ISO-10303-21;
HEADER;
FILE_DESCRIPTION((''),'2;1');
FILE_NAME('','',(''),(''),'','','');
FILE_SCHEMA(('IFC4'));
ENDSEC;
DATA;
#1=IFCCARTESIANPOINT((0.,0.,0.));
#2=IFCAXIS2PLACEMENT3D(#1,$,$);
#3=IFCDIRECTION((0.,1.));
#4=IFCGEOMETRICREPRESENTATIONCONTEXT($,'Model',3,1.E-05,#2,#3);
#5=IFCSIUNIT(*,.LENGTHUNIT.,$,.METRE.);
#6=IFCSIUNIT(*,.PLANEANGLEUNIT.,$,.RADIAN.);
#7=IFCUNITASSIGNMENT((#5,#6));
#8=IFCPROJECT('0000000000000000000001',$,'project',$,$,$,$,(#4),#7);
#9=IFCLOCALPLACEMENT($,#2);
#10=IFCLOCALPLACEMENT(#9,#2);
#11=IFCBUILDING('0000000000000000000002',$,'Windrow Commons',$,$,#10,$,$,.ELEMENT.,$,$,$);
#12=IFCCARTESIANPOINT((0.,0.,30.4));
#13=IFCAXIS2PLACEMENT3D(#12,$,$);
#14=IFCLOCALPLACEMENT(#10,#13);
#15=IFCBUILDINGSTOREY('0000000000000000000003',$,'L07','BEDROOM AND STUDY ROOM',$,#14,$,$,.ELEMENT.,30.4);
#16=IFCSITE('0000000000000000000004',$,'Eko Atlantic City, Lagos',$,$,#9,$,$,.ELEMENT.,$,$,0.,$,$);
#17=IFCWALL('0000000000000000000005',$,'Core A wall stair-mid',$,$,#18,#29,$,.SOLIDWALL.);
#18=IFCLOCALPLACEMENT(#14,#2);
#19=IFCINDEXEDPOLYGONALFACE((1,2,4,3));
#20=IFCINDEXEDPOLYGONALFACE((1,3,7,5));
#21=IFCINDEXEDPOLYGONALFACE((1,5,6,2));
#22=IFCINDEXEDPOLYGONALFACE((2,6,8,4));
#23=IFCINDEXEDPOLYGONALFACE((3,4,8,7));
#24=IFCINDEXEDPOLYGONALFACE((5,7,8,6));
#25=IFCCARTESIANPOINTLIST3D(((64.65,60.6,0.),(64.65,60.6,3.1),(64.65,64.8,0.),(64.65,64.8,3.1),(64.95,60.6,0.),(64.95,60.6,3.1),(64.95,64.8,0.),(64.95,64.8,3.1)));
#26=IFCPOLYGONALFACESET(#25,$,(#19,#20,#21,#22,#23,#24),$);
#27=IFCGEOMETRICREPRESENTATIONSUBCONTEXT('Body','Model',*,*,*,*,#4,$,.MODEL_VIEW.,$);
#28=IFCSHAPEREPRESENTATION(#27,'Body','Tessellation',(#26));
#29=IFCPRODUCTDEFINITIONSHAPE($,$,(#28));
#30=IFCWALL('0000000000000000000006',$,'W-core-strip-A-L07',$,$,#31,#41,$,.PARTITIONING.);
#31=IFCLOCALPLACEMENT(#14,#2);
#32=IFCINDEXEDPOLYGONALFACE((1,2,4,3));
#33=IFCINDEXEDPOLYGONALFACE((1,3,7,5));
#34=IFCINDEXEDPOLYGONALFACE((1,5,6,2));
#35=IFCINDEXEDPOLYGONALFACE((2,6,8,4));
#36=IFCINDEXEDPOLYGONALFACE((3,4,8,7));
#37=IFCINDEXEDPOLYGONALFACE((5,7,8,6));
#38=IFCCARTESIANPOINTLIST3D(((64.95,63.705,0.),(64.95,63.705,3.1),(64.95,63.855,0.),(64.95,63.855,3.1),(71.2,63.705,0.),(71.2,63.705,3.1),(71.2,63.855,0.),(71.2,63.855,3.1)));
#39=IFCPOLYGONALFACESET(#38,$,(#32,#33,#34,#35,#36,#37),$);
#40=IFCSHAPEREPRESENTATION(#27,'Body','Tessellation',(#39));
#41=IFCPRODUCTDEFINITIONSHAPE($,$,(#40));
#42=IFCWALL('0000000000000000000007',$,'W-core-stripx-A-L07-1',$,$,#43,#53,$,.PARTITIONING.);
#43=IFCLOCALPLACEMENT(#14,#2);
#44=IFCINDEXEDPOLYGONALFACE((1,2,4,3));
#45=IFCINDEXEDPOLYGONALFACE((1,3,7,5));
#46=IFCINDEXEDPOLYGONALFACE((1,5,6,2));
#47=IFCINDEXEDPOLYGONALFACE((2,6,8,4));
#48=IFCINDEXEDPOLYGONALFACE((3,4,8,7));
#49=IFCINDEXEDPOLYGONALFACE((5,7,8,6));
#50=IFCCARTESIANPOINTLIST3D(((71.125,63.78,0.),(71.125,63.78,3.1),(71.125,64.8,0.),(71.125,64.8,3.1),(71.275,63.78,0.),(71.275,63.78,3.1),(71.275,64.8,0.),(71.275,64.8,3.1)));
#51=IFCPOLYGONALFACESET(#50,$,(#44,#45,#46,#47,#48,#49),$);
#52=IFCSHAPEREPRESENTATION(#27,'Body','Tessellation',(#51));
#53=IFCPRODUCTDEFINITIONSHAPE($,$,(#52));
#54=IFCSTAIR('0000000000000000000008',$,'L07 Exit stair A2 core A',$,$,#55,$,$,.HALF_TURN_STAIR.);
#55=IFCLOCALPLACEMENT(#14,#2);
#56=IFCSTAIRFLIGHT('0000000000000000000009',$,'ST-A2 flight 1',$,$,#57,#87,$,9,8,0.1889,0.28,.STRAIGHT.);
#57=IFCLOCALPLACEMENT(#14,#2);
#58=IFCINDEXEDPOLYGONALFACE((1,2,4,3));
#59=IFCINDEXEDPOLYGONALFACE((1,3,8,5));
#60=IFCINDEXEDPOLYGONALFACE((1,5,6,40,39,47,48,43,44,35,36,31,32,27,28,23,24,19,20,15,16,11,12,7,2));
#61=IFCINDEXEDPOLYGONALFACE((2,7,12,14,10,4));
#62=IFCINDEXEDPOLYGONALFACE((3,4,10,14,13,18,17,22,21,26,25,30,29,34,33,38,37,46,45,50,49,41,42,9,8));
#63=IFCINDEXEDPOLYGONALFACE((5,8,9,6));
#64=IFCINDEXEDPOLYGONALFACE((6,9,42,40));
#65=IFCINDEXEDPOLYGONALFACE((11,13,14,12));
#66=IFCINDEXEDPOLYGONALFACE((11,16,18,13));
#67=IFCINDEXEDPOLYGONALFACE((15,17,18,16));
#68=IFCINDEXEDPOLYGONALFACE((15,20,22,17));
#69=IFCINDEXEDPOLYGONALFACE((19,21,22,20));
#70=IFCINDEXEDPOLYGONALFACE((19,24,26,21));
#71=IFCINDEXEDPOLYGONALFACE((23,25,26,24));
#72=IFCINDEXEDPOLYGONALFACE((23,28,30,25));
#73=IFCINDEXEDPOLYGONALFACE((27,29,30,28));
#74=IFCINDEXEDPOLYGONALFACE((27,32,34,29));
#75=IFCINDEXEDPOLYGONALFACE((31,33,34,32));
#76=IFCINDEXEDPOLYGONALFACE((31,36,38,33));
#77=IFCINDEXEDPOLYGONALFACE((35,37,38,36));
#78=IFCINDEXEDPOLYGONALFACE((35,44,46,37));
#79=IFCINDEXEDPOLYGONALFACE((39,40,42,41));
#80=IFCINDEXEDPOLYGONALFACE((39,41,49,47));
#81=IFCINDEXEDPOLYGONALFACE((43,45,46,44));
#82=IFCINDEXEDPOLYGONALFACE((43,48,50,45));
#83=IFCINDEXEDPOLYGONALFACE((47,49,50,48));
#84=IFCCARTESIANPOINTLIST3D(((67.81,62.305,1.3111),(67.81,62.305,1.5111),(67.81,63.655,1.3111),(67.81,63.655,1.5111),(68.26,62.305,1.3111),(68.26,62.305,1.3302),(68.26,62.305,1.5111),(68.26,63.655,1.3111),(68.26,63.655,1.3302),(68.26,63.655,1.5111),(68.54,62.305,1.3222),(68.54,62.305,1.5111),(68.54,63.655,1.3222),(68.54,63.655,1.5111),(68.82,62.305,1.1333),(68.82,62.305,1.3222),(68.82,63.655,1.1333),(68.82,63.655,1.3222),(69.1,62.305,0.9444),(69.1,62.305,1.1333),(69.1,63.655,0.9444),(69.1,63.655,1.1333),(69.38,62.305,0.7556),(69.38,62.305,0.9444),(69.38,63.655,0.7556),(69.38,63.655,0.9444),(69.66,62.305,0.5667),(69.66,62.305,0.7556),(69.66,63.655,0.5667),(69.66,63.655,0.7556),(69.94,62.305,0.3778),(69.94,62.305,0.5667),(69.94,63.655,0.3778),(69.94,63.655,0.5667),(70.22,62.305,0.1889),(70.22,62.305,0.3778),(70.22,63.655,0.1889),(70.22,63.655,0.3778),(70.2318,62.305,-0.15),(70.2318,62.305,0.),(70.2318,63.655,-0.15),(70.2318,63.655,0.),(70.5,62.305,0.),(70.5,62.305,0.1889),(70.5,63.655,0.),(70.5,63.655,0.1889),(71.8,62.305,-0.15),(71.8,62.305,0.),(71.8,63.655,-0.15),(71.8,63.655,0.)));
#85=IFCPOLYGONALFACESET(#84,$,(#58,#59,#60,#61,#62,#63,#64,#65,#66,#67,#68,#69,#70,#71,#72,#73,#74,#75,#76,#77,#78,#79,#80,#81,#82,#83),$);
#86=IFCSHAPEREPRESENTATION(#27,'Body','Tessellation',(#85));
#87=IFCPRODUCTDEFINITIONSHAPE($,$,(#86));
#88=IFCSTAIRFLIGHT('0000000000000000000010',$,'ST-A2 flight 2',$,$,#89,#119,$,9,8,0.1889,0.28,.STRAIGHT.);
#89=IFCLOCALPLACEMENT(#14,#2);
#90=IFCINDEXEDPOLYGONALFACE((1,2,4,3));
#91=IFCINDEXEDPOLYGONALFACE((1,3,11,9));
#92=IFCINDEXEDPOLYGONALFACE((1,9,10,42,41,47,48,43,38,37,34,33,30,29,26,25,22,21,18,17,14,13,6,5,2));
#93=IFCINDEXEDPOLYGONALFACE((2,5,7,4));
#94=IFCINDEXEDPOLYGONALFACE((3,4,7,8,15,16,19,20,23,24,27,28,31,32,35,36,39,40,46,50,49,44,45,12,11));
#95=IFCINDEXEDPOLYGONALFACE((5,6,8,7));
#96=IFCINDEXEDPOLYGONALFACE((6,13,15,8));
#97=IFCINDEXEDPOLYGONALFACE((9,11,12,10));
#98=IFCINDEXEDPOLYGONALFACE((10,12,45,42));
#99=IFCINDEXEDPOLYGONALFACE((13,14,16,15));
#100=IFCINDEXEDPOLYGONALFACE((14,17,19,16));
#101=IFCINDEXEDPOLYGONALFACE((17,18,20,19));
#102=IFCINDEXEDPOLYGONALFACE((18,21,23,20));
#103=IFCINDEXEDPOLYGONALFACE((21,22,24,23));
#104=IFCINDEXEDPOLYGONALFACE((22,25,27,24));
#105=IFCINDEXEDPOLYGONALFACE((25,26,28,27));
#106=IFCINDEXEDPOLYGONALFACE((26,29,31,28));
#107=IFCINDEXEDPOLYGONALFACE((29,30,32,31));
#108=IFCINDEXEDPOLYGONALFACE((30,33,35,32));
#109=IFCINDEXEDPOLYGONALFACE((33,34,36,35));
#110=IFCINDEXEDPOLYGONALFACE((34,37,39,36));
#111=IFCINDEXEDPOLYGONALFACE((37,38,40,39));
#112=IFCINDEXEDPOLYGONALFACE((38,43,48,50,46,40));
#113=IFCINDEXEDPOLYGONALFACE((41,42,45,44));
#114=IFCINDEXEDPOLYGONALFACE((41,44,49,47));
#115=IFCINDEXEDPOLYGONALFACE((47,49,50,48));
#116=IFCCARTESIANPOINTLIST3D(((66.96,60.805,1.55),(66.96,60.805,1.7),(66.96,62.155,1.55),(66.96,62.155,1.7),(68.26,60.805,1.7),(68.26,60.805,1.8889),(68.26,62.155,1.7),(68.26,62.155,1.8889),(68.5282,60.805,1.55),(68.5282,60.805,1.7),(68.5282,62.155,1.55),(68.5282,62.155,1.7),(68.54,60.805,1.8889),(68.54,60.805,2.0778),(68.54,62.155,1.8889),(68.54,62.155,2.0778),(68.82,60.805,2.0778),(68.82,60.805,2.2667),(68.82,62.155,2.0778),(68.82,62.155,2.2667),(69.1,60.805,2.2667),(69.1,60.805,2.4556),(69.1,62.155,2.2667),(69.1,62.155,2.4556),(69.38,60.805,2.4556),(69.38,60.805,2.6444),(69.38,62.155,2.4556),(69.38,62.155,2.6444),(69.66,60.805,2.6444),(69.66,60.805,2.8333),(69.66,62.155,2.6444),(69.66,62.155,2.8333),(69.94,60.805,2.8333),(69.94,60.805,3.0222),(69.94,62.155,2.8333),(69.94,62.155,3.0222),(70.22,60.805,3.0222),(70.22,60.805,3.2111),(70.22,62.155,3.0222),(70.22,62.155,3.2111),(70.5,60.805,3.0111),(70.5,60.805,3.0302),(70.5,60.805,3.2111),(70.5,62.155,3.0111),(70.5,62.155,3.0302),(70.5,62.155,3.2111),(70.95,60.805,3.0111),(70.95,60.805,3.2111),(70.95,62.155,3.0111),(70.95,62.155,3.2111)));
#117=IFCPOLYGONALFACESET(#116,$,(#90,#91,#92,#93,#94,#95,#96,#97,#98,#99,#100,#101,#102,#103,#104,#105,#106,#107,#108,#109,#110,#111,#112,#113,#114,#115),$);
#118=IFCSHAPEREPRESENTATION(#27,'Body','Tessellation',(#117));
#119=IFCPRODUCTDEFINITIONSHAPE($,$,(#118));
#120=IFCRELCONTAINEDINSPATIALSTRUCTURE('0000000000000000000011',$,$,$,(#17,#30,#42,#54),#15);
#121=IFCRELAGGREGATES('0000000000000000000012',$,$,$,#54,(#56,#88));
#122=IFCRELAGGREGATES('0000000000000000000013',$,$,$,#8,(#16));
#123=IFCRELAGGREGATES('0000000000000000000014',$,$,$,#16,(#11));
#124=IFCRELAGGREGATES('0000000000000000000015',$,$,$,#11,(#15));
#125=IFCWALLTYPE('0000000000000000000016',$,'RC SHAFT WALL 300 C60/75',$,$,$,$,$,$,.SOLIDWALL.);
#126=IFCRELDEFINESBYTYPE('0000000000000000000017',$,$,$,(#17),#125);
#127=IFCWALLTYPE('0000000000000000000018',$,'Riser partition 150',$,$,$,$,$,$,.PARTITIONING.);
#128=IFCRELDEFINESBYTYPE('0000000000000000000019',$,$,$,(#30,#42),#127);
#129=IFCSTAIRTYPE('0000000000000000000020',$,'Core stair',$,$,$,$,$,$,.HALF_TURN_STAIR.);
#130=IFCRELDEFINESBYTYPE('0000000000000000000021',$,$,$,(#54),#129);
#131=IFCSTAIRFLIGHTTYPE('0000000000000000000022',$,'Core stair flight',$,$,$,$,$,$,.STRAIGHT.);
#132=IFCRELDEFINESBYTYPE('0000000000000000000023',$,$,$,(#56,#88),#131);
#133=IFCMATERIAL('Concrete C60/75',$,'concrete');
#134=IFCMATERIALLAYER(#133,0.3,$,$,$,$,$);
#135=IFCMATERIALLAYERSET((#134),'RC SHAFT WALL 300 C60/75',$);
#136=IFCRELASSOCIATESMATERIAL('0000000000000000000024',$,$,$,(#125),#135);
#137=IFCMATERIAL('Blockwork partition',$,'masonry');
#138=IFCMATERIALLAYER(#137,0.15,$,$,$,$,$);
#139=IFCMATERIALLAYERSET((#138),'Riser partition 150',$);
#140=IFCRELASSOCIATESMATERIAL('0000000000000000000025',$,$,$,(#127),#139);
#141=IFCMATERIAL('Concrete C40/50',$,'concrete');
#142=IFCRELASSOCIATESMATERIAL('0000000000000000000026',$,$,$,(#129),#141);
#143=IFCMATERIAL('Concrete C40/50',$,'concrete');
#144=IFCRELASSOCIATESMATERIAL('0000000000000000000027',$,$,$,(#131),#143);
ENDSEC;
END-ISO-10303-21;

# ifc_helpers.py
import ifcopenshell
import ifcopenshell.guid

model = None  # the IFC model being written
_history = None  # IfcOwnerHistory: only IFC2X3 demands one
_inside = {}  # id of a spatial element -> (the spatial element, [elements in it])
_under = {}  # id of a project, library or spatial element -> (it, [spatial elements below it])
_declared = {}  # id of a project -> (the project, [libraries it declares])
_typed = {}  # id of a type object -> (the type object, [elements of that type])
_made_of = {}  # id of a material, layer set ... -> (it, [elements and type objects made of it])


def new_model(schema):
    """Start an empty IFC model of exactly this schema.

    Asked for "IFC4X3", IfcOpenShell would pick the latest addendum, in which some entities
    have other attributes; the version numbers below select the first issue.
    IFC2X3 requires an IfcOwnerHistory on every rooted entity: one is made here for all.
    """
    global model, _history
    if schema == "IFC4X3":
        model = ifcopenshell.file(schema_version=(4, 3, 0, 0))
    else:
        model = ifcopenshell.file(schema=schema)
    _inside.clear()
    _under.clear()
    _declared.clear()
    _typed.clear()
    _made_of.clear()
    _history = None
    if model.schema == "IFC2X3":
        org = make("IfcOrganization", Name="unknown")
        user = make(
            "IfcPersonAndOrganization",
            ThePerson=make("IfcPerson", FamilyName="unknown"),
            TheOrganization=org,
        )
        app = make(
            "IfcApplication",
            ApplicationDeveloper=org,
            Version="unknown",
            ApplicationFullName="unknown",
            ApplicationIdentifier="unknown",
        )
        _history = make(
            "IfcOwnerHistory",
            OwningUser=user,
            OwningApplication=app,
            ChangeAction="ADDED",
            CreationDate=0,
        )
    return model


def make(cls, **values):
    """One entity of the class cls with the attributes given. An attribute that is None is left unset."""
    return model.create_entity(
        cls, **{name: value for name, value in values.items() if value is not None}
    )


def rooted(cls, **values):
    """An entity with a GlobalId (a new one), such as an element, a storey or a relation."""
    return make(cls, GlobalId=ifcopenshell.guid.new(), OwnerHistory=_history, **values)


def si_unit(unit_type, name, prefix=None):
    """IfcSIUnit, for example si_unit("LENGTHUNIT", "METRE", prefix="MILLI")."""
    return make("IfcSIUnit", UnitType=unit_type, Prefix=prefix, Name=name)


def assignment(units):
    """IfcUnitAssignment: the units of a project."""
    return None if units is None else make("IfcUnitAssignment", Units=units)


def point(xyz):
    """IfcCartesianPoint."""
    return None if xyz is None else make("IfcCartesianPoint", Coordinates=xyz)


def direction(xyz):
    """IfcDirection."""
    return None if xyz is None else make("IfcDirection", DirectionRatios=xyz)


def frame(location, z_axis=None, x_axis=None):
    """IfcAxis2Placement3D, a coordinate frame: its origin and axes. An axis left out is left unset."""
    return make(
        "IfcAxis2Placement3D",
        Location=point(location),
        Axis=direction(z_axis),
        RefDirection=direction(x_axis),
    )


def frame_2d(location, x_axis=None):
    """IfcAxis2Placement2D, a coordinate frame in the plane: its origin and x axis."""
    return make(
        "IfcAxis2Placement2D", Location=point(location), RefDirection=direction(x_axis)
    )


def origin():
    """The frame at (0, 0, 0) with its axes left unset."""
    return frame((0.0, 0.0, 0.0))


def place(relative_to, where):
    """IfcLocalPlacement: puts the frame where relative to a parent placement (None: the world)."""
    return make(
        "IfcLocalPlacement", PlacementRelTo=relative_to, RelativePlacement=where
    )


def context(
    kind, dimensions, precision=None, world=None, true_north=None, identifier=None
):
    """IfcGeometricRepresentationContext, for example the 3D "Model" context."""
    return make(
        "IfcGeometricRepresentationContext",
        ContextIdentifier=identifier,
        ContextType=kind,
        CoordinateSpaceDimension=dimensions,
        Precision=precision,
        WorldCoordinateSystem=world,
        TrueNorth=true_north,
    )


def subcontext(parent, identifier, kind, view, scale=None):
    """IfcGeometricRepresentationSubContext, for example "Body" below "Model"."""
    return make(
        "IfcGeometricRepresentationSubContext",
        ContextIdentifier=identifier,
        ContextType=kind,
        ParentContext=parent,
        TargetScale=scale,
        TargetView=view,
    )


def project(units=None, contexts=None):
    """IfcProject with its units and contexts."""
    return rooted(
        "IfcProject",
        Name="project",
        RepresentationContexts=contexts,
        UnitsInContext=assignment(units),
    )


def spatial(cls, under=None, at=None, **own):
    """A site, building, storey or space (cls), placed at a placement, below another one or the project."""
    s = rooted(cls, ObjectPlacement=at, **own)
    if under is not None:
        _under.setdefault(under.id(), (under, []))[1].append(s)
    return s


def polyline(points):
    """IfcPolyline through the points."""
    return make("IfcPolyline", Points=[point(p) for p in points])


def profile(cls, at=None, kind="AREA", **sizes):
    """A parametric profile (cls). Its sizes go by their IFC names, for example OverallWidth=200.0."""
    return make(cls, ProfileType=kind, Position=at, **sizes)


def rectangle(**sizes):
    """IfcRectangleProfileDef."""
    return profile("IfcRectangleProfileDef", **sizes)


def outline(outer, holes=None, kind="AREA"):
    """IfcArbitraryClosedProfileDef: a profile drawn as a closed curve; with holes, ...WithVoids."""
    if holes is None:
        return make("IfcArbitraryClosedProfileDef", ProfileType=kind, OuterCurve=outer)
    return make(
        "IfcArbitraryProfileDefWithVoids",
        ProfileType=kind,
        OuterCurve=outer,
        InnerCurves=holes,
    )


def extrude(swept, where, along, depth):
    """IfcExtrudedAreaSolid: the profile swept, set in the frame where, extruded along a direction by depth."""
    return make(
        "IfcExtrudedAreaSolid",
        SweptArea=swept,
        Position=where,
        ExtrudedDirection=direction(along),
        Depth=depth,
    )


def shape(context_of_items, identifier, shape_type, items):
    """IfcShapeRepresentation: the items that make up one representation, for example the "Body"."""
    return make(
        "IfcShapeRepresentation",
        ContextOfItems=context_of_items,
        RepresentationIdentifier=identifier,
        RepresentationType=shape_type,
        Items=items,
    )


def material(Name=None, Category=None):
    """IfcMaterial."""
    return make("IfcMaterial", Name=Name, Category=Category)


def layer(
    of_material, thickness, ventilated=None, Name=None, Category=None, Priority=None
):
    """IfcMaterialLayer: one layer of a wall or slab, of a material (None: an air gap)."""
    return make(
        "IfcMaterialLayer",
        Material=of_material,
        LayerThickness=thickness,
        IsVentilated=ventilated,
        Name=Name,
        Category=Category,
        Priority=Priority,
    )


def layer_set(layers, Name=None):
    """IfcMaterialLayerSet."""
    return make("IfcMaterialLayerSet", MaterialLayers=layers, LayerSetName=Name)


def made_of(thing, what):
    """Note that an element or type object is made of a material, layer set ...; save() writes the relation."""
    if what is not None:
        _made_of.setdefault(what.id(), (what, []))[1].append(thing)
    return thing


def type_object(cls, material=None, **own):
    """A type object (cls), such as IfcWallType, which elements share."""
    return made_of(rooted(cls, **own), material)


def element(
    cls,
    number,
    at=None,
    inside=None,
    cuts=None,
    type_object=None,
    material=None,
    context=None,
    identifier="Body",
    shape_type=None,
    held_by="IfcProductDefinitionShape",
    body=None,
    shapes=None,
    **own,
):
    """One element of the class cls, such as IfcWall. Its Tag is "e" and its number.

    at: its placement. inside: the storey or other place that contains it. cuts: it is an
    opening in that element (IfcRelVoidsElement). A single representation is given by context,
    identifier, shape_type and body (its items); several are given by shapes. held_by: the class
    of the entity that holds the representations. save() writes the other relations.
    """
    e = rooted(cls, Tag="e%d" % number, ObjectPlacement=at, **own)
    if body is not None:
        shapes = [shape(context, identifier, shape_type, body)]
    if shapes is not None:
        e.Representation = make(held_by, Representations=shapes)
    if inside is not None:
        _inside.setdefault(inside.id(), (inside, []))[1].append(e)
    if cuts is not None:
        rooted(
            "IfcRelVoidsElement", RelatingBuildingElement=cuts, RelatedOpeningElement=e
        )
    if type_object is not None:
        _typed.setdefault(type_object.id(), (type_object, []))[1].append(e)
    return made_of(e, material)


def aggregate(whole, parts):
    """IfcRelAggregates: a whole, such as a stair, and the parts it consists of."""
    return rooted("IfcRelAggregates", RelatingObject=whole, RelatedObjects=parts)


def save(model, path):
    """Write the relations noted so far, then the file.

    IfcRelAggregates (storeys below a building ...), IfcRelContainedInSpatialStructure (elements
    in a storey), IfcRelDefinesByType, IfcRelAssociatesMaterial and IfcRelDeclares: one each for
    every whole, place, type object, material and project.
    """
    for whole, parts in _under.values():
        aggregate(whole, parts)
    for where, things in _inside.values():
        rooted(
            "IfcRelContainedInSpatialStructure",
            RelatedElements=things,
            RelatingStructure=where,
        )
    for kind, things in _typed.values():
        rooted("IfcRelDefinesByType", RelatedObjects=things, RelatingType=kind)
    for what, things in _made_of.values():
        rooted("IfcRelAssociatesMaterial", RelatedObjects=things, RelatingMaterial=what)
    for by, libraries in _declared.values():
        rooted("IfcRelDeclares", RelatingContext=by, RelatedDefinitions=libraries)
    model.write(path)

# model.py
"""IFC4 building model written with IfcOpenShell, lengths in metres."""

from ifc_helpers import new_model, si_unit, direction, frame, frame_2d, origin, place, context, subcontext, project, spatial, polyline, rectangle, outline, extrude, material, layer, layer_set, type_object, element, aggregate, save


model = new_model("IFC4")

# Units and contexts
model_context = context("Model", 3, precision=1e-05, world=origin(), true_north=direction((0.0, 1.0)))
body_context = subcontext(model_context, "Body", "Model", "MODEL_VIEW")
ifc_project = project(units=[si_unit("LENGTHUNIT", "METRE"), si_unit("PLANEANGLEUNIT", "RADIAN")], contexts=[model_context])

# Site, building, storey
site_placement = place(None, origin())
site = spatial("IfcSite", under=ifc_project, at=site_placement, Name="Eko Atlantic City, Lagos", CompositionType="ELEMENT", RefElevation=0.0)
building_placement = place(site_placement, origin())
building = spatial("IfcBuilding", under=site, at=building_placement, Name="Windrow Commons", CompositionType="ELEMENT")
storey_placement = place(building_placement, frame((0.0, 0.0, 30.4)))
storey = spatial("IfcBuildingStorey", under=building, at=storey_placement, Name="L07", Description="BEDROOM AND STUDY ROOM", CompositionType="ELEMENT", Elevation=30.4)

# Walls
ifc_material_1 = material(Name="Concrete C60/75", Category="concrete")
ifc_layer_1 = layer(ifc_material_1, 0.3)
ifc_layer_set_1 = layer_set([ifc_layer_1], Name="RC SHAFT WALL 300 C60/75")
wall_type_1 = type_object("IfcWallType", Name="RC SHAFT WALL 300 C60/75", PredefinedType="SOLIDWALL", material=ifc_layer_set_1)
wall_1_placement = place(storey_placement, frame((64.8, 60.6, 0.0), z_axis=(0.0, 0.0, 1.0), x_axis=(0.0, 1.0, 0.0)))
element("IfcWall", 1, at=wall_1_placement, inside=storey, type_object=wall_type_1, Name="Core A wall stair-mid", PredefinedType="SOLIDWALL", context=body_context, shape_type="SweptSolid", body=[
    extrude(rectangle(XDim=4.2, YDim=0.3, at=frame_2d((2.1, 0.0))), origin(), (0.0, 0.0, 1.0), 3.1),
])
ifc_material_2 = material(Name="Blockwork partition", Category="masonry")
ifc_layer_2 = layer(ifc_material_2, 0.15)
ifc_layer_set_2 = layer_set([ifc_layer_2], Name="Riser partition 150")
wall_type_2 = type_object("IfcWallType", Name="Riser partition 150", PredefinedType="PARTITIONING", material=ifc_layer_set_2)
wall_2_placement = place(storey_placement, frame((64.95, 63.78, 0.0), z_axis=(0.0, 0.0, 1.0), x_axis=(1.0, 0.0, 0.0)))
element("IfcWall", 2, at=wall_2_placement, inside=storey, type_object=wall_type_2, Name="W-core-strip-A-L07", PredefinedType="PARTITIONING", context=body_context, shape_type="SweptSolid", body=[
    extrude(rectangle(XDim=6.25, YDim=0.15, at=frame_2d((3.125, 0.0))), origin(), (0.0, 0.0, 1.0), 3.1),
])
wall_3_placement = place(storey_placement, frame((71.2, 63.78, 0.0), z_axis=(0.0, 0.0, 1.0), x_axis=(0.0, 1.0, 0.0)))
element("IfcWall", 3, at=wall_3_placement, inside=storey, type_object=wall_type_2, Name="W-core-stripx-A-L07-1", PredefinedType="PARTITIONING", context=body_context, shape_type="SweptSolid", body=[
    extrude(rectangle(XDim=1.02, YDim=0.15, at=frame_2d((0.51, 0.0))), origin(), (0.0, 0.0, 1.0), 3.1),
])

# Stair, stair flights
ifc_material_3 = material(Name="Concrete C40/50", Category="concrete")
stair_type = type_object("IfcStairType", Name="Core stair", PredefinedType="HALF_TURN_STAIR", material=ifc_material_3)
stair_placement = place(storey_placement, origin())
stair = element("IfcStair", 4, at=stair_placement, inside=storey, type_object=stair_type, Name="L07 Exit stair A2 core A", PredefinedType="HALF_TURN_STAIR")
ifc_material_4 = material(Name="Concrete C40/50", Category="concrete")
stair_flight_type = type_object("IfcStairFlightType", Name="Core stair flight", PredefinedType="STRAIGHT", material=ifc_material_4)
stair_flight_1_placement = place(storey_placement, frame((70.5, 62.98, 0.0), z_axis=(0.0, 0.0, 1.0), x_axis=(-1.0, 0.0, 0.0)))
stair_flight_1 = element("IfcStairFlight", 5, at=stair_flight_1_placement, type_object=stair_flight_type, Name="ST-A2 flight 1", NumberOfRisers=9, NumberOfTreads=8, PredefinedType="STRAIGHT", RiserHeight=0.1889, TreadLength=0.28, context=body_context, shape_type="SweptSolid", body=[
    extrude(outline(polyline([(-1.3, -0.15), (-1.3, 0.0), (0.0, 0.0), (0.0, 0.1889), (0.28, 0.1889), (0.28, 0.3778), (0.56, 0.3778), (0.56, 0.5667), (0.84, 0.5667), (0.84, 0.7556), (1.12, 0.7556), (1.12, 0.9444), (1.4, 0.9444), (1.4, 1.1333), (1.68, 1.1333), (1.68, 1.3222), (1.96, 1.3222), (1.96, 1.5111), (2.24, 1.5111), (2.69, 1.5111), (2.69, 1.3111), (2.24, 1.3111), (2.24, 1.3302), (0.2682, 0.0), (0.2682, -0.15), (-1.3, -0.15)])), frame((0.0, 0.675, 0.0), z_axis=(0.0, -1.0, 0.0), x_axis=(1.0, 0.0, 0.0)), (0.0, 0.0, 1.0), 1.35),
])
stair_flight_2_placement = place(storey_placement, frame((68.26, 61.48, 1.7), z_axis=(0.0, 0.0, 1.0), x_axis=(1.0, 0.0, 0.0)))
stair_flight_2 = element("IfcStairFlight", 6, at=stair_flight_2_placement, type_object=stair_flight_type, Name="ST-A2 flight 2", NumberOfRisers=9, NumberOfTreads=8, PredefinedType="STRAIGHT", RiserHeight=0.1889, TreadLength=0.28, context=body_context, shape_type="SweptSolid", body=[
    extrude(outline(polyline([(-1.3, -0.15), (-1.3, 0.0), (0.0, 0.0), (0.0, 0.1889), (0.28, 0.1889), (0.28, 0.3778), (0.56, 0.3778), (0.56, 0.5667), (0.84, 0.5667), (0.84, 0.7556), (1.12, 0.7556), (1.12, 0.9444), (1.4, 0.9444), (1.4, 1.1333), (1.68, 1.1333), (1.68, 1.3222), (1.96, 1.3222), (1.96, 1.5111), (2.24, 1.5111), (2.69, 1.5111), (2.69, 1.3111), (2.24, 1.3111), (2.24, 1.3302), (0.2682, 0.0), (0.2682, -0.15), (-1.3, -0.15)])), frame((0.0, 0.675, 0.0), z_axis=(0.0, -1.0, 0.0), x_axis=(1.0, 0.0, 0.0)), (0.0, 0.0, 1.0), 1.35),
])
aggregate(stair, [stair_flight_1, stair_flight_2])

save(model, "model.ifc")
